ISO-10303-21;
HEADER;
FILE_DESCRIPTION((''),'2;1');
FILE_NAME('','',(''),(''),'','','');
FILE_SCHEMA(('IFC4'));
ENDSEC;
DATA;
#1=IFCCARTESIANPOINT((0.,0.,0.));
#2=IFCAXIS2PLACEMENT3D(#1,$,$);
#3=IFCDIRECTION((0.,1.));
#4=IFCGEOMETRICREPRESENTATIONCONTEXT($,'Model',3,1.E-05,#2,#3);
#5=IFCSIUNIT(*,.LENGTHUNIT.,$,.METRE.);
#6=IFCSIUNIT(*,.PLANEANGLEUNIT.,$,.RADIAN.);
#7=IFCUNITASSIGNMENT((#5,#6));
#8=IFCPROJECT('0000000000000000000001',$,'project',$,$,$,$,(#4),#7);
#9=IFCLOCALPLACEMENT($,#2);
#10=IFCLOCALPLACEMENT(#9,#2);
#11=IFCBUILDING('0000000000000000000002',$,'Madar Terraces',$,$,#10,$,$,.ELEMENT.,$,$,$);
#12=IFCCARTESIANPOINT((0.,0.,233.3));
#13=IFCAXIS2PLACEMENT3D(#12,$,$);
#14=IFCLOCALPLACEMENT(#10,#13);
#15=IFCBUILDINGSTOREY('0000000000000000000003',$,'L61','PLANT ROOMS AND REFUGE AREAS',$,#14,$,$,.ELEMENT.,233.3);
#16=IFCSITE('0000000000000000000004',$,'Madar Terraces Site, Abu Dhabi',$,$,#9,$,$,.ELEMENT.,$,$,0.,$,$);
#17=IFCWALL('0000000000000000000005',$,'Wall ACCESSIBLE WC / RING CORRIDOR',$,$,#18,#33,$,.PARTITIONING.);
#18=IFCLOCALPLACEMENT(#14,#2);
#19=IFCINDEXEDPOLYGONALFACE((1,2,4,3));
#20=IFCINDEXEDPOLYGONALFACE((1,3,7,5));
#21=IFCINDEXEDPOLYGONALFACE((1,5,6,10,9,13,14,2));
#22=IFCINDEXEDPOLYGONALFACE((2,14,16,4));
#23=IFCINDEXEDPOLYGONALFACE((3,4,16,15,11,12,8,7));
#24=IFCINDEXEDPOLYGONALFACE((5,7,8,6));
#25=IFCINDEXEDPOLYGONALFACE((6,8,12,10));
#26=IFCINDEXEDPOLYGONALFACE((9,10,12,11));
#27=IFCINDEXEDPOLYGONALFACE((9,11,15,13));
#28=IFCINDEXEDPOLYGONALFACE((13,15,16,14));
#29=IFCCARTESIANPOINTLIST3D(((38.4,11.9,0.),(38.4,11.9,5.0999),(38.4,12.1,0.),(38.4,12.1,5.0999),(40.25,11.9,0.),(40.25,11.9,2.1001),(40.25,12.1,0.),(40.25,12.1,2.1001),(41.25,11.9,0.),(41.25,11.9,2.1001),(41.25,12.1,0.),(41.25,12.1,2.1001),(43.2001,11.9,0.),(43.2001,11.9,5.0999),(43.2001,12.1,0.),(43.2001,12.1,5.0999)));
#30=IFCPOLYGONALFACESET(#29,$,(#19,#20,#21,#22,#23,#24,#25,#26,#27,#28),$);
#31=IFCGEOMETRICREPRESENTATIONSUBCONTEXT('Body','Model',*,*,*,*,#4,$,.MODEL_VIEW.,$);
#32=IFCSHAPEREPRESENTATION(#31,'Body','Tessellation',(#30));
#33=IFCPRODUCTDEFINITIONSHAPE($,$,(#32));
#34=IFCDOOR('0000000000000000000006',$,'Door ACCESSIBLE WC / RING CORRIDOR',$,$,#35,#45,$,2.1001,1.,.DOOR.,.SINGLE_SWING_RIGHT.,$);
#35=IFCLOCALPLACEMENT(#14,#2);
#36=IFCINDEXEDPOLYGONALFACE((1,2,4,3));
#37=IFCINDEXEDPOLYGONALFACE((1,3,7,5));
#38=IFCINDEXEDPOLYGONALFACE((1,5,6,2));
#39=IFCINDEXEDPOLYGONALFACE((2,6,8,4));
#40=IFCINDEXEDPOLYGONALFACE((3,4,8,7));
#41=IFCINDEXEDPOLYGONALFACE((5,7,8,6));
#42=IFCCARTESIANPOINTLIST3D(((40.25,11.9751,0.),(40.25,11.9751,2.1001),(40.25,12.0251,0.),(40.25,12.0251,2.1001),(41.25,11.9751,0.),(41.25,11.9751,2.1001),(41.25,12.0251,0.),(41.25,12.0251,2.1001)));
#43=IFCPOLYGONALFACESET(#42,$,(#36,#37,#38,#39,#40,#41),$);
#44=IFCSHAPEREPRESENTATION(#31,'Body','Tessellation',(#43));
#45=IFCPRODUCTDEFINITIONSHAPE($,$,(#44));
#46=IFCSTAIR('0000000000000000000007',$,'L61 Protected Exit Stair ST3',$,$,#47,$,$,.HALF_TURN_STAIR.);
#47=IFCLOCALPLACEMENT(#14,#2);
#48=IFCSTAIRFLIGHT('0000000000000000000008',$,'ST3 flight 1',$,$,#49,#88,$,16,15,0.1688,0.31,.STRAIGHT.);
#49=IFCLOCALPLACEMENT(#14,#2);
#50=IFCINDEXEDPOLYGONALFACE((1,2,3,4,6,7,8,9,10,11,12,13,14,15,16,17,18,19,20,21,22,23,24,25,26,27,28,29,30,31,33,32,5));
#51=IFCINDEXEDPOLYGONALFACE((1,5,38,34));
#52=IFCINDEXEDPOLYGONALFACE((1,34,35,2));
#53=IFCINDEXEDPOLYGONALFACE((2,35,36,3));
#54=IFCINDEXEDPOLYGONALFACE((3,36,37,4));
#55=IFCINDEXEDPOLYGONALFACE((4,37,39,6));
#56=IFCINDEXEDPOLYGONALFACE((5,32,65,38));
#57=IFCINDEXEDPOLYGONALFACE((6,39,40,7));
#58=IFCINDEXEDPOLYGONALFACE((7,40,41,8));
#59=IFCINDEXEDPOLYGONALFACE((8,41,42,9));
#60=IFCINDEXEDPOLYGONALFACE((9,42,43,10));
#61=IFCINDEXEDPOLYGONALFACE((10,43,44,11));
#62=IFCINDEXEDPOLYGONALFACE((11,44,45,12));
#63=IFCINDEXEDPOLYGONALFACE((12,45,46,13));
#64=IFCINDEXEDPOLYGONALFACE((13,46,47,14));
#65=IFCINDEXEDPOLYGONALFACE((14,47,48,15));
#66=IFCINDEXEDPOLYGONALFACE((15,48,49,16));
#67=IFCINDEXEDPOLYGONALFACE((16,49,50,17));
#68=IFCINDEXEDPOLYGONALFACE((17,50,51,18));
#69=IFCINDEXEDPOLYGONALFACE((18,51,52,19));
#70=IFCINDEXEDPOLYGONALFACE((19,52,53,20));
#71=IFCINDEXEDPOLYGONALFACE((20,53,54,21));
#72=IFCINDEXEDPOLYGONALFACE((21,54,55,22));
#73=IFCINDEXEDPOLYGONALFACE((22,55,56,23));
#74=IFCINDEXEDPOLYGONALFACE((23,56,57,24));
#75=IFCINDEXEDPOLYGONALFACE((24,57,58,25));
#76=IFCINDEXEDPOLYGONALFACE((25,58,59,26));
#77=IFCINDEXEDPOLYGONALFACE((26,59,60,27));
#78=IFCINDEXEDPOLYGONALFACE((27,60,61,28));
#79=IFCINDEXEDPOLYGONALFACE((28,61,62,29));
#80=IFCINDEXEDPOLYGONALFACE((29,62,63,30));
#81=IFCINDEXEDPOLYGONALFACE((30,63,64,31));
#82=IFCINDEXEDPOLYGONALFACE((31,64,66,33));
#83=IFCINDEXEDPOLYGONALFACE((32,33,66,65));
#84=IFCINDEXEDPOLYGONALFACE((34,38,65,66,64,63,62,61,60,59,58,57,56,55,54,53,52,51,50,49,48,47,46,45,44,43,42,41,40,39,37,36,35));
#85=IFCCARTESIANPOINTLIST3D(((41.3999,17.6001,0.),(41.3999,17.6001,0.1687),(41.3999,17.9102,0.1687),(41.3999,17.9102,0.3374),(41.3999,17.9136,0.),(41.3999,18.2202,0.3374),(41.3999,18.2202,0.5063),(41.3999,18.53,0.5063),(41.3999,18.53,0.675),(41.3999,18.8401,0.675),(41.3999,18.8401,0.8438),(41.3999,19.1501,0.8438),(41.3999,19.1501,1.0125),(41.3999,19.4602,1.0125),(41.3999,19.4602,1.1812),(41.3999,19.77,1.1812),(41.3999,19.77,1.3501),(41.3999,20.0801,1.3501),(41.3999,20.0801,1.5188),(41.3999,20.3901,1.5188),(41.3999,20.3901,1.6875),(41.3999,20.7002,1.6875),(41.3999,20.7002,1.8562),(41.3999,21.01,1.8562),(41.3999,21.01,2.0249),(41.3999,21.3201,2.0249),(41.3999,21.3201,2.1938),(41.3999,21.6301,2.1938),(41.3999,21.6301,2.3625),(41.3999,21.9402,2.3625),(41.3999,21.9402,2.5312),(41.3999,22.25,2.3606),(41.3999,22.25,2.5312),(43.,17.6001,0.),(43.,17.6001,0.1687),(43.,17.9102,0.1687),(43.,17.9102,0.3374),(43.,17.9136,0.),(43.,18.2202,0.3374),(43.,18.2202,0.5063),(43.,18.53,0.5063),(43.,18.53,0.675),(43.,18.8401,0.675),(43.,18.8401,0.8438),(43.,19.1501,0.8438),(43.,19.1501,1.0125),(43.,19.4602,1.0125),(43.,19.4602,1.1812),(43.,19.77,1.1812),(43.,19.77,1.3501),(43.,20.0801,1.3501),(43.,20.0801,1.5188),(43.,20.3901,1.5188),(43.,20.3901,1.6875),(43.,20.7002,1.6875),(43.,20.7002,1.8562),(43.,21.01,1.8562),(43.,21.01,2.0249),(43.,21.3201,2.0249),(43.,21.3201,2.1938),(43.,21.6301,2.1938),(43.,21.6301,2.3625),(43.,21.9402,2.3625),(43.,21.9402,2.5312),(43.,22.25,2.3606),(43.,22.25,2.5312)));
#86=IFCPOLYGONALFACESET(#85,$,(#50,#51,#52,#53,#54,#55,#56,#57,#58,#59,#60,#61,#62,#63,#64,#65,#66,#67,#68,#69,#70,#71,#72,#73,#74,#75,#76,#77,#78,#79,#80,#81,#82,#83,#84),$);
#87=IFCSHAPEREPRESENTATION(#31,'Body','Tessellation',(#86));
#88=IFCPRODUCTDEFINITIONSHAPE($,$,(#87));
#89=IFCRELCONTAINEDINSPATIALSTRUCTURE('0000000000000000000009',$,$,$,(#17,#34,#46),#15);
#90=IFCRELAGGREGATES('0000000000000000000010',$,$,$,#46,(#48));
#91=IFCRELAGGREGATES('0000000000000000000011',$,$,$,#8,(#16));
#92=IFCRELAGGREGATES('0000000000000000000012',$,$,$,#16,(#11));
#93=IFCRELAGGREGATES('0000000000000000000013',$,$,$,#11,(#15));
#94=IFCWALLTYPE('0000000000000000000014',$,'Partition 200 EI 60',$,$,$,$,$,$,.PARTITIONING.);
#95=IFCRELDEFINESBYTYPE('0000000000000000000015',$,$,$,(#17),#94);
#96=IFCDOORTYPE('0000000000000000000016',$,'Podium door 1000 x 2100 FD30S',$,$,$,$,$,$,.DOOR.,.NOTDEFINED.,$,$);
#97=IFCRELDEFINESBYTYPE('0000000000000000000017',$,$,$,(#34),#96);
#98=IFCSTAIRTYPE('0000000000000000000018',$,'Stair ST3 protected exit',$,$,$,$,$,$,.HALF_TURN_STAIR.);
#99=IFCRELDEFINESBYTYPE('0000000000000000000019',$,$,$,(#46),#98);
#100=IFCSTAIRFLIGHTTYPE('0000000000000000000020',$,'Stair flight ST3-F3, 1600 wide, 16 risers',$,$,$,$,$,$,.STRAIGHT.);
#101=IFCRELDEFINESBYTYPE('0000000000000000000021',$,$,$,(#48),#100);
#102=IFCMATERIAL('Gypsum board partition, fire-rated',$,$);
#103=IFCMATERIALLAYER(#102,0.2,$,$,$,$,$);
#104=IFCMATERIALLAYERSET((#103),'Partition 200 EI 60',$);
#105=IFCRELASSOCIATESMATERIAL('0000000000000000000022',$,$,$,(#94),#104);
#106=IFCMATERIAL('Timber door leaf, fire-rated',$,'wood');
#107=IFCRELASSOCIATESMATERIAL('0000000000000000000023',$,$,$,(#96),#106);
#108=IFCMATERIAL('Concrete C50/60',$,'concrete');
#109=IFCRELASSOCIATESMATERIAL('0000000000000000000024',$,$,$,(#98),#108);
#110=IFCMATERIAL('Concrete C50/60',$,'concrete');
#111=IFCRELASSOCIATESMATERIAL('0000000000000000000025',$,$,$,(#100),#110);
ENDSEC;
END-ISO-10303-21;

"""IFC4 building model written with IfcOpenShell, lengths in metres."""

from ifc_helpers import new_model, si_unit, direction, frame, frame_2d, origin, place, context, subcontext, project, spatial, polyline, rectangle, outline, extrude, material, layer, layer_set, type_object, element, fill, aggregate, save


model = new_model("IFC4")

# Units and contexts
model_context = context("Model", 3, precision=1e-05, world=origin(), true_north=direction((0.0, 1.0)))
body_context = subcontext(model_context, "Body", "Model", "MODEL_VIEW")
ifc_project = project(units=[si_unit("LENGTHUNIT", "METRE"), si_unit("PLANEANGLEUNIT", "RADIAN")], contexts=[model_context])

# Site, building, storey
site_placement = place(None, origin())
site = spatial("IfcSite", under=ifc_project, at=site_placement, Name="Madar Terraces Site, Abu Dhabi", CompositionType="ELEMENT", RefElevation=0.0)
building_placement = place(site_placement, origin())
building = spatial("IfcBuilding", under=site, at=building_placement, Name="Madar Terraces", CompositionType="ELEMENT")
storey_placement = place(building_placement, frame((0.0, 0.0, 233.3)))
storey = spatial("IfcBuildingStorey", under=building, at=storey_placement, Name="L61", Description="PLANT ROOMS AND REFUGE AREAS", CompositionType="ELEMENT", Elevation=233.3)

# Wall, opening, door
ifc_material_1 = material(Name="Gypsum board partition, fire-rated")
ifc_layer_1 = layer(ifc_material_1, 0.2)
ifc_layer_set_1 = layer_set([ifc_layer_1], Name="Partition 200 EI 60")
wall_type_1 = type_object("IfcWallType", Name="Partition 200 EI 60", PredefinedType="PARTITIONING", material=ifc_layer_set_1)
wall_1_placement = place(storey_placement, frame((43.2, 12.0, 0.0), z_axis=(0.0, 0.0, 1.0), x_axis=(-1.0, 0.0, 0.0)))
wall_1 = element("IfcWall", 1, at=wall_1_placement, inside=storey, type_object=wall_type_1, Name="Wall ACCESSIBLE WC / RING CORRIDOR", PredefinedType="PARTITIONING", context=body_context, shape_type="SweptSolid", body=[
    extrude(rectangle(XDim=4.8, YDim=0.2, at=frame_2d((2.3999, 0.0))), origin(), (0.0, 0.0, 1.0), 5.0999),
])
opening_1_placement = place(wall_1_placement, frame((1.95, 0.0, 0.0)))
opening_1 = element("IfcOpeningElement", 2, at=opening_1_placement, cuts=wall_1, PredefinedType="OPENING", context=body_context, shape_type="SweptSolid", body=[
    extrude(rectangle(XDim=1.0, YDim=2.1001, at=frame_2d((0.5, 1.05))), frame((0.0, 0.1099, 0.0), z_axis=(0.0, -1.0, 0.0), x_axis=(1.0, 0.0, 0.0)), (0.0, 0.0, 1.0), 0.22),
])
ifc_material_2 = material(Name="Timber door leaf, fire-rated", Category="wood")
door_type_1 = type_object("IfcDoorType", Name="Podium door 1000 x 2100 FD30S", OperationType="NOTDEFINED", PredefinedType="DOOR", material=ifc_material_2)
door_1_placement = place(opening_1_placement, origin())
door_1 = element("IfcDoor", 3, at=door_1_placement, inside=storey, type_object=door_type_1, Name="Door ACCESSIBLE WC / RING CORRIDOR", OperationType="SINGLE_SWING_RIGHT", OverallHeight=2.1001, OverallWidth=1.0, PredefinedType="DOOR", context=body_context, shape_type="SweptSolid", body=[
    extrude(rectangle(XDim=1.0, YDim=2.1001, at=frame_2d((0.5, 1.05))), frame((0.0, 0.0249, 0.0), z_axis=(0.0, -1.0, 0.0), x_axis=(1.0, 0.0, 0.0)), (0.0, 0.0, 1.0), 0.05),
])
fill(opening_1, door_1)

# Stair, stair flight
ifc_material_3 = material(Name="Concrete C50/60", Category="concrete")
stair_type = type_object("IfcStairType", Name="Stair ST3 protected exit", PredefinedType="HALF_TURN_STAIR", material=ifc_material_3)
stair_placement = place(storey_placement, origin())
stair = element("IfcStair", 4, at=stair_placement, inside=storey, type_object=stair_type, Name="L61 Protected Exit Stair ST3", PredefinedType="HALF_TURN_STAIR")
ifc_material_4 = material(Name="Concrete C50/60", Category="concrete")
stair_flight_type = type_object("IfcStairFlightType", Name="Stair flight ST3-F3, 1600 wide, 16 risers", PredefinedType="STRAIGHT", material=ifc_material_4)
stair_flight_placement = place(storey_placement, frame((42.2, 17.6001, 0.0), z_axis=(0.0, 0.0, 1.0), x_axis=(0.0, 1.0, 0.0)))
stair_flight = element("IfcStairFlight", 5, at=stair_flight_placement, type_object=stair_flight_type, Name="ST3 flight 1", NumberOfRisers=16, NumberOfTreads=15, PredefinedType="STRAIGHT", RiserHeight=0.1688, TreadLength=0.31, context=body_context, shape_type="SweptSolid", body=[
    extrude(outline(polyline([(0.0, 0.0), (0.0, 0.1687), (0.3101, 0.1687), (0.3101, 0.3374), (0.6201, 0.3374), (0.6201, 0.5063), (0.9299, 0.5063), (0.9299, 0.675), (1.24, 0.675), (1.24, 0.8438), (1.55, 0.8438), (1.55, 1.0125), (1.8601, 1.0125), (1.8601, 1.1812), (2.1699, 1.1812), (2.1699, 1.3501), (2.48, 1.3501), (2.48, 1.5188), (2.79, 1.5188), (2.79, 1.6875), (3.1001, 1.6875), (3.1001, 1.8562), (3.4099, 1.8562), (3.4099, 2.0249), (3.72, 2.0249), (3.72, 2.1938), (4.03, 2.1938), (4.03, 2.3625), (4.3401, 2.3625), (4.3401, 2.5312), (4.6499, 2.5312), (4.6499, 2.7), (4.6499, 2.3606), (0.3135, 0.0), (0.0, 0.0)])), frame((0.0, 0.8, 0.0), z_axis=(0.0, -1.0, 0.0), x_axis=(1.0, 0.0, 0.0)), (0.0, 0.0, 1.0), 1.6001),
])
aggregate(stair, [stair_flight])

save(model, "model.ifc")
